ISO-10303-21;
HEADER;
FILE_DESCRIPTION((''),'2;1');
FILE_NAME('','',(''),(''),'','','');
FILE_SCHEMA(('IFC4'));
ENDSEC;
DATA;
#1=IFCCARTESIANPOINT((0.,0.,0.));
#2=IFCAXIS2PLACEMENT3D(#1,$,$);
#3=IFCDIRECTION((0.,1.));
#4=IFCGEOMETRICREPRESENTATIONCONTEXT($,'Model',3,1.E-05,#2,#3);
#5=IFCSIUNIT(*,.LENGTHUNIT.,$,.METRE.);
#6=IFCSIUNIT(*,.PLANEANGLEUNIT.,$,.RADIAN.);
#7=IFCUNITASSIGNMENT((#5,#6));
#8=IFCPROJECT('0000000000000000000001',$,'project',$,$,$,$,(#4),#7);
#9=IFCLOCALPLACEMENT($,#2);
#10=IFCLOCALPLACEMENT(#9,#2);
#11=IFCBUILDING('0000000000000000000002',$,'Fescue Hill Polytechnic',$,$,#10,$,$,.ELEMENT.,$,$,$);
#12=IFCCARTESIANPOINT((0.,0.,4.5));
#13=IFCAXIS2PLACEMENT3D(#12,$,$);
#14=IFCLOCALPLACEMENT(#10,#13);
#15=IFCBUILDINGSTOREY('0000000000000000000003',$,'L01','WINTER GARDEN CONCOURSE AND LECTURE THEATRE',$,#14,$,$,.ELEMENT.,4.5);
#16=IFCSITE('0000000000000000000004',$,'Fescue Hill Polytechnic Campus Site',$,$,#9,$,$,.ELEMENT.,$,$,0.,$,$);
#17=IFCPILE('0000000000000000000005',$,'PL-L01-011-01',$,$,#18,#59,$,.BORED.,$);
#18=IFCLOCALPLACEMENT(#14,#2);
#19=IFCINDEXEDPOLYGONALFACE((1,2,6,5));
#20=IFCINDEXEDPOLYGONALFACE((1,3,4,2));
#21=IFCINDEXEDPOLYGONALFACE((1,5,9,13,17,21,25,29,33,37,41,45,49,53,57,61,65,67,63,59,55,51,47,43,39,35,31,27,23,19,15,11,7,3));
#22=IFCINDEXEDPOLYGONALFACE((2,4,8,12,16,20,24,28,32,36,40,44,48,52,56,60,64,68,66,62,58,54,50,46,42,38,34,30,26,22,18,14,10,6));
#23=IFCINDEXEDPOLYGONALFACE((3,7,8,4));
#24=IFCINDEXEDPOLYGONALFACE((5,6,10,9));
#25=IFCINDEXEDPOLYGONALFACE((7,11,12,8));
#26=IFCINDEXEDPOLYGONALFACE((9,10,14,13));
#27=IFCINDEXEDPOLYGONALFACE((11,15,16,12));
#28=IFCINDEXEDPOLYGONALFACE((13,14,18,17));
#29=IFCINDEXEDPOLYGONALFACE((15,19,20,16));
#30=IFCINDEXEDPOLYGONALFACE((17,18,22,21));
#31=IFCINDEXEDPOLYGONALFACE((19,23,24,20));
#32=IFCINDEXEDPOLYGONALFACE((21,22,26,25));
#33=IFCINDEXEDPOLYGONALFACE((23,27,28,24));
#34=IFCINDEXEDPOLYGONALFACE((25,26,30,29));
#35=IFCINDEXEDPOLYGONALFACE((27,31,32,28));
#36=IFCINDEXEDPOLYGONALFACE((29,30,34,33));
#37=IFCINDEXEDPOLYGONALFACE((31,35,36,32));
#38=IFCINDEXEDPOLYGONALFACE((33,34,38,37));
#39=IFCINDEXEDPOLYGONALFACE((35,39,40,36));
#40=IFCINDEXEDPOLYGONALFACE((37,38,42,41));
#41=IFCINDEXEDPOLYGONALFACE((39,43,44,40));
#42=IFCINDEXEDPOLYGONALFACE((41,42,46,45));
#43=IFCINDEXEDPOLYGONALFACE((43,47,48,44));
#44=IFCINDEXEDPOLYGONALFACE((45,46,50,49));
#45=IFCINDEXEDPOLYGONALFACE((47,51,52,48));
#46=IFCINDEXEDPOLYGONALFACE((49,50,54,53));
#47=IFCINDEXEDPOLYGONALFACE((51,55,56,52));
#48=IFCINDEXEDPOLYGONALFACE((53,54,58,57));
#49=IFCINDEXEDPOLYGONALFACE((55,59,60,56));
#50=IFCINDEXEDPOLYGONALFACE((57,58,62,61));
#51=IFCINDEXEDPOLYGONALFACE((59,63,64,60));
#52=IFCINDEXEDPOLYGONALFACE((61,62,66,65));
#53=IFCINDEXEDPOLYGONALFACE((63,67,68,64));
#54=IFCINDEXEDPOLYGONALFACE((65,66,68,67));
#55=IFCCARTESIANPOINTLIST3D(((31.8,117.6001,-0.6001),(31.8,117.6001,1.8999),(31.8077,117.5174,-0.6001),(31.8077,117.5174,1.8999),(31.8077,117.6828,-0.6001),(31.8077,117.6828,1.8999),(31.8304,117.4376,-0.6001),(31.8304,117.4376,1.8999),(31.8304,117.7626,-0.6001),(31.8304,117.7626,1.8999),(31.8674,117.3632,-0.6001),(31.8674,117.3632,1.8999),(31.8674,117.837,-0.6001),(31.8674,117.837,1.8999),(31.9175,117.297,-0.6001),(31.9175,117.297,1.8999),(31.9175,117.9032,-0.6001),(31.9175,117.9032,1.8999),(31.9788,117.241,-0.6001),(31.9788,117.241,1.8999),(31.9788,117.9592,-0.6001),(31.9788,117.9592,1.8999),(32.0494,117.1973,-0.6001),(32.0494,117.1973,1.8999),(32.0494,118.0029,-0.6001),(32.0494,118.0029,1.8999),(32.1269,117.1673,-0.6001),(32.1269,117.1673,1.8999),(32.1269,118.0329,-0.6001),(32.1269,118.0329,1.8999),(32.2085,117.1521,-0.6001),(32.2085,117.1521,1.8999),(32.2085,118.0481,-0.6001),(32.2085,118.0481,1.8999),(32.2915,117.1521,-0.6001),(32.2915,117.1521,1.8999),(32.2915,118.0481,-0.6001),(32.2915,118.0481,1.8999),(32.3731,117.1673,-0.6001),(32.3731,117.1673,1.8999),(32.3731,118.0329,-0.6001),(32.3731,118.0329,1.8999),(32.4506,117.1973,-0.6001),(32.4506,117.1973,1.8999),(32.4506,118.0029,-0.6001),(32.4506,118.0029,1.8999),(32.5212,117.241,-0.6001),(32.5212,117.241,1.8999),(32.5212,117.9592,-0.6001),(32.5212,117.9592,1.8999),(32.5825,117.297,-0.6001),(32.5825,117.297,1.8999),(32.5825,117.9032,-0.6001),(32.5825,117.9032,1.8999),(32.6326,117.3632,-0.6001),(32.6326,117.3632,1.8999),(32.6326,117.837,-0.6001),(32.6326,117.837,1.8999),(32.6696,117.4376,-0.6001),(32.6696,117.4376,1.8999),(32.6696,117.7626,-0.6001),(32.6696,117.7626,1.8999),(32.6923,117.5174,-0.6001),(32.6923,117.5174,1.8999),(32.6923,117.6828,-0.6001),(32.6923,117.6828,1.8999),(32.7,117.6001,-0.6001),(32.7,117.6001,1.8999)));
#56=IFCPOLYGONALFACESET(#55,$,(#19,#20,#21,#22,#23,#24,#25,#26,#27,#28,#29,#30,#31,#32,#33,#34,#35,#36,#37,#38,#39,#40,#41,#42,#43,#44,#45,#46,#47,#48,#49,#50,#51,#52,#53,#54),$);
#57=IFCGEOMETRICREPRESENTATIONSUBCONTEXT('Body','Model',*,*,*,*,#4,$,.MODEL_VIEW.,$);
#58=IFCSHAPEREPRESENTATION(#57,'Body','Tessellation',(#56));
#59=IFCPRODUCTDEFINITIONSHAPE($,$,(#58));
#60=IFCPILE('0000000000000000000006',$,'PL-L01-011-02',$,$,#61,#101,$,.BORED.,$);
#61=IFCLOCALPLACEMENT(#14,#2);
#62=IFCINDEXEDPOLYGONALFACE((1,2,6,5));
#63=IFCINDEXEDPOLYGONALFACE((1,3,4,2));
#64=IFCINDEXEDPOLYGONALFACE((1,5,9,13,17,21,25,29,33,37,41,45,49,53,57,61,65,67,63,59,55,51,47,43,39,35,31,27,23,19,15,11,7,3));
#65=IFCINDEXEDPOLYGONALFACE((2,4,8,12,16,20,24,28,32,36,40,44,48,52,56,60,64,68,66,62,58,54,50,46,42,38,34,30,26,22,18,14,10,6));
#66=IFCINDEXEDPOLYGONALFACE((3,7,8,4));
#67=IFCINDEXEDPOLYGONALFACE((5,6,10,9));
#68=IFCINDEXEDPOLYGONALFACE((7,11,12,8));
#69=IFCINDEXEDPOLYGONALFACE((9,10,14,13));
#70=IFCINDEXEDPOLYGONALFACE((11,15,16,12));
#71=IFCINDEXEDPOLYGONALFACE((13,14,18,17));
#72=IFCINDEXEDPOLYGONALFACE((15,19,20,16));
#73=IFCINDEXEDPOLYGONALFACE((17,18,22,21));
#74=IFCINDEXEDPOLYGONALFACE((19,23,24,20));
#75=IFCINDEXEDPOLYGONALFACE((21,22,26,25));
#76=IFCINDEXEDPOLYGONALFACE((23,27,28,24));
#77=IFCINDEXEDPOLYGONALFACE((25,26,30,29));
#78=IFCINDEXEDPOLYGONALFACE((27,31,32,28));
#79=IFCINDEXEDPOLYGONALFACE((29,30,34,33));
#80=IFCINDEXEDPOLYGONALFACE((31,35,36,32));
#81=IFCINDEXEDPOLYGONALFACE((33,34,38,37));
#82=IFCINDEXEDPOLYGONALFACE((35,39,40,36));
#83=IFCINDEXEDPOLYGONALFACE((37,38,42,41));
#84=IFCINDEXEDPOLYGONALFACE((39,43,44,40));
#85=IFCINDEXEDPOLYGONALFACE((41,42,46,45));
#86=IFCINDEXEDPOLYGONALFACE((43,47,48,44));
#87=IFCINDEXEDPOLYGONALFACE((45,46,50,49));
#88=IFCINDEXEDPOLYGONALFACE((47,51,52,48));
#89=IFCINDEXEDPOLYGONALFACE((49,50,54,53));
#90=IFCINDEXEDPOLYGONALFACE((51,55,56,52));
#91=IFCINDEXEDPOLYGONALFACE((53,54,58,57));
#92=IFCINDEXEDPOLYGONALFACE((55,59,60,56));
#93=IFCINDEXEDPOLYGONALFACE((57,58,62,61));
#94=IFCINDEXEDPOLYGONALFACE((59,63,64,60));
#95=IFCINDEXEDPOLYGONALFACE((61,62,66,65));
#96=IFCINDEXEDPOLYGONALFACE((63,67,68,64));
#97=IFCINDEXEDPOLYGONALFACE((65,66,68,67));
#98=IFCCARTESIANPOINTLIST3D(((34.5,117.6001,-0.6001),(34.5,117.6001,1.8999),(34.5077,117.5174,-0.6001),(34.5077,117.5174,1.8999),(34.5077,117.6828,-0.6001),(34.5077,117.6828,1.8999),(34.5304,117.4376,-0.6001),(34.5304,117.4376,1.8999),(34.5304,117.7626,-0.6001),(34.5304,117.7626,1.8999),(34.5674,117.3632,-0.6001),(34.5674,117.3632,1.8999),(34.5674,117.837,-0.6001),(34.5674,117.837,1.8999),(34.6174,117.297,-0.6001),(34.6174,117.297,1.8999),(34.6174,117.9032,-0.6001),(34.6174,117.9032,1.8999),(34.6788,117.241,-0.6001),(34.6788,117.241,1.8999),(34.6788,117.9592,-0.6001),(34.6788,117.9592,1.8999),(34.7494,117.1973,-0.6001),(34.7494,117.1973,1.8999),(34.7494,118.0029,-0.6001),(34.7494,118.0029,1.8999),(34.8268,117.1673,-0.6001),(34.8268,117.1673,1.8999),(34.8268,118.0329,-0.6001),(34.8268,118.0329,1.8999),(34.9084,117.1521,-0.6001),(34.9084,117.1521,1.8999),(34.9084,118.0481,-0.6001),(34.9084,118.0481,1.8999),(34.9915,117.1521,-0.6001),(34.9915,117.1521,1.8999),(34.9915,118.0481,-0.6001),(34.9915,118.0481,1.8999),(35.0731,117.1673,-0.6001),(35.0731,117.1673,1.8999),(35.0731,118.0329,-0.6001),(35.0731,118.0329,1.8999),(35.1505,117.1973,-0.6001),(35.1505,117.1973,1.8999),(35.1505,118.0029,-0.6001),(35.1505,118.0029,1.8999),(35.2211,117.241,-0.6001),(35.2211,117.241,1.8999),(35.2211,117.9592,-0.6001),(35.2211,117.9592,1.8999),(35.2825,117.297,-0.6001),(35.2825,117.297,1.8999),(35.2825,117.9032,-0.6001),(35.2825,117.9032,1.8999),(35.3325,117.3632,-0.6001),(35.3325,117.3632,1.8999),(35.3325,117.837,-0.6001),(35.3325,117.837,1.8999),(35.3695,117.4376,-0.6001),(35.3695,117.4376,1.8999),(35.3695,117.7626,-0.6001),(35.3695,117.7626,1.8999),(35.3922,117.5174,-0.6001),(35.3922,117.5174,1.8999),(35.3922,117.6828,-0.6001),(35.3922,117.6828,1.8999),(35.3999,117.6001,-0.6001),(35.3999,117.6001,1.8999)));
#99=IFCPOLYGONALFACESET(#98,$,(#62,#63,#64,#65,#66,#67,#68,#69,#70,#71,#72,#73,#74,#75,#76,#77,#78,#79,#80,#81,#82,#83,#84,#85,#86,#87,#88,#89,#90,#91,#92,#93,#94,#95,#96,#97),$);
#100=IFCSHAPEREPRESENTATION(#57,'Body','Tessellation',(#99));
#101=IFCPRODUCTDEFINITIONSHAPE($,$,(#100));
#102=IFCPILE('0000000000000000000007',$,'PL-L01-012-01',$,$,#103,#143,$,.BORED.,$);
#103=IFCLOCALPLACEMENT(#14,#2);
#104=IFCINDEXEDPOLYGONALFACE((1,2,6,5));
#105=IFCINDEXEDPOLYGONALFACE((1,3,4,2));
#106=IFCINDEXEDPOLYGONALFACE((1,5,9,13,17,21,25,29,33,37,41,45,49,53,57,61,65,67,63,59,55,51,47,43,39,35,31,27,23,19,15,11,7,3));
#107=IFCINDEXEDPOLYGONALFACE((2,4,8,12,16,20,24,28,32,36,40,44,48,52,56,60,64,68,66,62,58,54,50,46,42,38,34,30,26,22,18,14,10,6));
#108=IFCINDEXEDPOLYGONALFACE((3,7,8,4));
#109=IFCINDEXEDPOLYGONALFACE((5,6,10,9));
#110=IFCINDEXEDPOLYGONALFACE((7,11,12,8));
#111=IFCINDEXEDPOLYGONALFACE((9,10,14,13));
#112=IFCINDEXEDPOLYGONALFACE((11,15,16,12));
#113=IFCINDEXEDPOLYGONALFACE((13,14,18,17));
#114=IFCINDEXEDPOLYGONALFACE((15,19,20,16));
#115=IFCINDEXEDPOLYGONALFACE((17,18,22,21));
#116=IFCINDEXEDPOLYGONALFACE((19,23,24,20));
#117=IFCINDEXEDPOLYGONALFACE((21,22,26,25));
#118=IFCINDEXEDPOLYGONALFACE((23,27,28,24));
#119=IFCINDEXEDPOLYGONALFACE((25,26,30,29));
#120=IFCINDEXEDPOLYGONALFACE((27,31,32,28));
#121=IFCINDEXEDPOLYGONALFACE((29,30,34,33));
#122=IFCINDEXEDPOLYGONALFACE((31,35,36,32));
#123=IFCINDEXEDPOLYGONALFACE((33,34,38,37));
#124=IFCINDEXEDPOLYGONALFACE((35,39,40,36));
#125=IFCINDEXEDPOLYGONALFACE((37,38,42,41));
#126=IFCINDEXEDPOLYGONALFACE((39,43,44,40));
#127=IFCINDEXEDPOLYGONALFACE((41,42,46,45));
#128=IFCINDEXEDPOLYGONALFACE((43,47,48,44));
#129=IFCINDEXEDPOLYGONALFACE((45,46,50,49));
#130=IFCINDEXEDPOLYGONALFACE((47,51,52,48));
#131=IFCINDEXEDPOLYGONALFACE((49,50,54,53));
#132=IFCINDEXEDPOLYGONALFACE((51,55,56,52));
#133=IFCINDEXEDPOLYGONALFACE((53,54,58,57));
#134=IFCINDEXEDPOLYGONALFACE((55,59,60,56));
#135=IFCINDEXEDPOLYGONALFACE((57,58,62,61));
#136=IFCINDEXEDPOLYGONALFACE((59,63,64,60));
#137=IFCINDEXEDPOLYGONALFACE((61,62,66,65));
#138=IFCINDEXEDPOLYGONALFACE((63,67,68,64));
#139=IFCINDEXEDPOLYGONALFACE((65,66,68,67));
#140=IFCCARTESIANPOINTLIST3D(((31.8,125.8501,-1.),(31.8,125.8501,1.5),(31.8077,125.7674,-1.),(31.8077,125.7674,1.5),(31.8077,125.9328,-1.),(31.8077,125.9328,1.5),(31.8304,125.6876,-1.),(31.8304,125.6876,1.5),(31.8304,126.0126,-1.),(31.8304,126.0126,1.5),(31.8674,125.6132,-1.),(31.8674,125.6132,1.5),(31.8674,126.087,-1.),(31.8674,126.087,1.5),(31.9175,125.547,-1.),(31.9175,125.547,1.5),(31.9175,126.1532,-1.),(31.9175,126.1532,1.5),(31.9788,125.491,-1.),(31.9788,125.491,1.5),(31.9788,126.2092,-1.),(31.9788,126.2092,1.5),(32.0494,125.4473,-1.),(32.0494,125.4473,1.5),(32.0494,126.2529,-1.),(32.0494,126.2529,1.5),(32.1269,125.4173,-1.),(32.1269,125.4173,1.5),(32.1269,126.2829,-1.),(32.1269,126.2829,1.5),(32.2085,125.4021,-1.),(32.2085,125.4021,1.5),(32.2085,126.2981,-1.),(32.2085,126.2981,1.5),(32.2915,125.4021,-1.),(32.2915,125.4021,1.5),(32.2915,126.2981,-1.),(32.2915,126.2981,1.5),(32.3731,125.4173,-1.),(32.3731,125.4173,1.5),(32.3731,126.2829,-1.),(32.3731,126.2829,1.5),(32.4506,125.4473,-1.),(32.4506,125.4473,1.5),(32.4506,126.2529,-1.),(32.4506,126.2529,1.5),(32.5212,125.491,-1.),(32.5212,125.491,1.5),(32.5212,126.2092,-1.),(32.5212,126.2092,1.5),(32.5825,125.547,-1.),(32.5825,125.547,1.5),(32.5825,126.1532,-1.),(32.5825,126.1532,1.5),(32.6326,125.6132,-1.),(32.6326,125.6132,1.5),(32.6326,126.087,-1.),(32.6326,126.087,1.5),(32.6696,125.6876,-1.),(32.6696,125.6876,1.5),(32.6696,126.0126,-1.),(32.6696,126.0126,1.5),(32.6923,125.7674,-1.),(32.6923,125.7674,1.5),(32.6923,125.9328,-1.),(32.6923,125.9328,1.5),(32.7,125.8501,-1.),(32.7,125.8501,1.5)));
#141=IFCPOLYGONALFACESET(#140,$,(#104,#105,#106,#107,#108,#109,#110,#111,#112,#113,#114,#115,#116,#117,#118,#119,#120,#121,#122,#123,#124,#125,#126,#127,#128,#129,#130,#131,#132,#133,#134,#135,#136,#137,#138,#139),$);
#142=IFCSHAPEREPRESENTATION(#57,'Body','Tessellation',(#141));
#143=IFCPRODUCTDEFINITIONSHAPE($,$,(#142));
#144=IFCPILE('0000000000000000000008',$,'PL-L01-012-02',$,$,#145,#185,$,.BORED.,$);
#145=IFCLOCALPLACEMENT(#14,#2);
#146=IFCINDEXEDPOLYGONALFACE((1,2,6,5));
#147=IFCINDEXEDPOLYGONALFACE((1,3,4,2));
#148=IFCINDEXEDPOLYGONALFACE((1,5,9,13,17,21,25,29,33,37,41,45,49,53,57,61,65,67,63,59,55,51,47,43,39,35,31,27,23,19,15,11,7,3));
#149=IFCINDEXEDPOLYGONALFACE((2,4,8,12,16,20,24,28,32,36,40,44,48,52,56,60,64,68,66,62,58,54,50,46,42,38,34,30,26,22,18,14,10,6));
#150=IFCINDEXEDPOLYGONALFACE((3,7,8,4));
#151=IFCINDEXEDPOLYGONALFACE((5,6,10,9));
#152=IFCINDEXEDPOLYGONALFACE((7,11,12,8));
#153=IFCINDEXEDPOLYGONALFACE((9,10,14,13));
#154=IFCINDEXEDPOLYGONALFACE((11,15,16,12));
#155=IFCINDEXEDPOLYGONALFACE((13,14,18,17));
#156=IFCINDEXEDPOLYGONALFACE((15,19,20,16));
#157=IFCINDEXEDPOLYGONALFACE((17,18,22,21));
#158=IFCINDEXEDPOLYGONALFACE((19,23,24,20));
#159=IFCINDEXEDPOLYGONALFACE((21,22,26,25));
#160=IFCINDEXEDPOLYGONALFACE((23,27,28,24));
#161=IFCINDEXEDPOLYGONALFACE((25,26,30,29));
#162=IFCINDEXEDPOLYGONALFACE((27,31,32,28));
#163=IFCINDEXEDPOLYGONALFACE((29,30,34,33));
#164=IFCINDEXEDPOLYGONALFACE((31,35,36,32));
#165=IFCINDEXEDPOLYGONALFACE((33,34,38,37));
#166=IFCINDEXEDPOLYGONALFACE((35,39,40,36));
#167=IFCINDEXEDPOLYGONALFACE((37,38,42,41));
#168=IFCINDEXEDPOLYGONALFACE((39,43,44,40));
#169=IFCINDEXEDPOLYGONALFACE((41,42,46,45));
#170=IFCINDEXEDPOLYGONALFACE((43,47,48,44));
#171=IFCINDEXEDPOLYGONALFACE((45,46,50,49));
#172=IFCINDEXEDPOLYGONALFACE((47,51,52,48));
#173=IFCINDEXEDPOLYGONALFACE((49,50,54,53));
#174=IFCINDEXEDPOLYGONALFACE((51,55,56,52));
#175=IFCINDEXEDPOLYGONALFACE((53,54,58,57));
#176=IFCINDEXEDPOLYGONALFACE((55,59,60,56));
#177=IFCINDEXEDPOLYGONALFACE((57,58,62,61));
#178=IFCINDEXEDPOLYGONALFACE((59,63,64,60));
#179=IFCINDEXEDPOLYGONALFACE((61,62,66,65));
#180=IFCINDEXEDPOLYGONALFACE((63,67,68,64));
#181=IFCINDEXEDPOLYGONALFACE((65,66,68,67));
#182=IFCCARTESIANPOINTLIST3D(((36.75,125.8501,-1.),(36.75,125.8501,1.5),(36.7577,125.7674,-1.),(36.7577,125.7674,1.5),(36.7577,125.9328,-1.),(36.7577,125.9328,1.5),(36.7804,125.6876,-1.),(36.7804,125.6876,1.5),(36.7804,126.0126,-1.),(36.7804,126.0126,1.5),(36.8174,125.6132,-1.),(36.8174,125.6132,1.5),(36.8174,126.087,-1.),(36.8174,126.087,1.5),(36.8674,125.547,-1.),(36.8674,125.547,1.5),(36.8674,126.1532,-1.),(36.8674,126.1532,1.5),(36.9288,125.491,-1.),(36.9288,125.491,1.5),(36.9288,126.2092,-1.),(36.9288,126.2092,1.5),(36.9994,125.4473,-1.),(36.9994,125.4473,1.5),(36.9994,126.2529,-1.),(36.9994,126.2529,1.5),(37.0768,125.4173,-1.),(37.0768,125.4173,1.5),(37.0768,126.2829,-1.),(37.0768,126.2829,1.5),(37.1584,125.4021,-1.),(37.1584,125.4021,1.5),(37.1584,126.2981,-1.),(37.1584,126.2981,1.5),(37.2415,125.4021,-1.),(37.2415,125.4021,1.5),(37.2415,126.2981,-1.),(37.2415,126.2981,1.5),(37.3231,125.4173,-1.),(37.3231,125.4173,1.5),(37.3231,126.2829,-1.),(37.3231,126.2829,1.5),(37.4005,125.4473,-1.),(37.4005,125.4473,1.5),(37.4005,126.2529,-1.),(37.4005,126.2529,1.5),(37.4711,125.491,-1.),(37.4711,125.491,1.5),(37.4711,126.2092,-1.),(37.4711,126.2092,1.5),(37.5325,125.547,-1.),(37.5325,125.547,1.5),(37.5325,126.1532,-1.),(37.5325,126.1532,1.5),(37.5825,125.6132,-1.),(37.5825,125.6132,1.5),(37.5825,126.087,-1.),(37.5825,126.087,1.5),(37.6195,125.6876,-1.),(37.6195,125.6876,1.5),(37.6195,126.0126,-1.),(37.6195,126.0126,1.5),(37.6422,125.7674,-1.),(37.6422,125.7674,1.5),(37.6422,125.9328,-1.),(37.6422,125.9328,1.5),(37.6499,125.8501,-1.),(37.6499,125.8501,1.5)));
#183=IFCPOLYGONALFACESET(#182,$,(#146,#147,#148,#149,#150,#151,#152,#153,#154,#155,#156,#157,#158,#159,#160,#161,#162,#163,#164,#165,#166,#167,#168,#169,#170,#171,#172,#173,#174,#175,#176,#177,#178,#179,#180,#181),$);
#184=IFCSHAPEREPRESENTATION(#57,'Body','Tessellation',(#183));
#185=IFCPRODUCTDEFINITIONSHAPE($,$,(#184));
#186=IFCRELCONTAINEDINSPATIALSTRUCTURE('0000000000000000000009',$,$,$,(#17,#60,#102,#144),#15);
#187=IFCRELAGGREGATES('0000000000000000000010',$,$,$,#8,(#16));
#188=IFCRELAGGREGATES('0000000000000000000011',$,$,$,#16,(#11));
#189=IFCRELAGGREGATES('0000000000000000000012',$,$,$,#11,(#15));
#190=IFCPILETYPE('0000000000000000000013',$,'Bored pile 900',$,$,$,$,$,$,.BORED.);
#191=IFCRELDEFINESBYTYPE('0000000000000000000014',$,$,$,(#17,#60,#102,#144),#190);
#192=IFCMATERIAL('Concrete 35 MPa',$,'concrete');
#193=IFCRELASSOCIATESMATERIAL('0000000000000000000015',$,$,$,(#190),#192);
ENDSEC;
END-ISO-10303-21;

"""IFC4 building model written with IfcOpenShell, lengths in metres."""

from ifc_helpers import new_model, si_unit, direction, frame, origin, origin_2d, place, context, subcontext, project, spatial, circle, extrude, material, material_profile, profile_set, type_object, element, save


model = new_model("IFC4")

# Units and contexts
model_context = context("Model", 3, precision=1e-05, world=origin(), true_north=direction((0.0, 1.0)))
body_context = subcontext(model_context, "Body", "Model", "MODEL_VIEW")
ifc_project = project(units=[si_unit("LENGTHUNIT", "METRE"), si_unit("PLANEANGLEUNIT", "RADIAN")], contexts=[model_context])

# Site, building, storey
site_placement = place(None, origin())
site = spatial("IfcSite", under=ifc_project, at=site_placement, Name="Fescue Hill Polytechnic Campus Site", CompositionType="ELEMENT", RefElevation=0.0)
building_placement = place(site_placement, origin())
building = spatial("IfcBuilding", under=site, at=building_placement, Name="Fescue Hill Polytechnic", CompositionType="ELEMENT")
storey_placement = place(building_placement, frame((0.0, 0.0, 4.5)))
storey = spatial("IfcBuildingStorey", under=building, at=storey_placement, Name="L01", Description="WINTER GARDEN CONCOURSE AND LECTURE THEATRE", CompositionType="ELEMENT", Elevation=4.5)

# Piles
ifc_material_1 = material(Name="Concrete 35 MPa", Category="concrete")
ifc_material_profile = material_profile(ifc_material_1, circle(Radius=0.45, at=origin_2d()), Name="Bored pile 900")
ifc_profile_set = profile_set([ifc_material_profile], Name="Concrete 35 MPa")
pile_type = type_object("IfcPileType", Name="Bored pile 900", PredefinedType="BORED", material=ifc_profile_set)
for number, where, z_axis, x_axis, name in (
    (1, (32.25, 117.6001, 1.8999), (0.0, 0.0, -1.0), (1.0, 0.0, 0.0), "PL-L01-011-01"),
    (2, (34.95, 117.6001, 1.8999), (0.0, 0.0, -1.0), (1.0, 0.0, 0.0), "PL-L01-011-02"),
    (3, (32.25, 125.8501, 1.5), (0.0, 0.0, -1.0), (1.0, 0.0, 0.0), "PL-L01-012-01"),
    (4, (37.2, 125.8501, 1.5), (0.0, 0.0, -1.0), (1.0, 0.0, 0.0), "PL-L01-012-02"),
):
    element("IfcPile", number, at=place(storey_placement, frame(where, z_axis=z_axis, x_axis=x_axis)), inside=storey, type_object=pile_type, Name=name, PredefinedType="BORED", context=body_context, shape_type="SweptSolid", body=[
        extrude(circle(Radius=0.45, at=origin_2d()), origin(), (0.0, 0.0, 1.0), 2.5),
    ])

save(model, "model.ifc")
